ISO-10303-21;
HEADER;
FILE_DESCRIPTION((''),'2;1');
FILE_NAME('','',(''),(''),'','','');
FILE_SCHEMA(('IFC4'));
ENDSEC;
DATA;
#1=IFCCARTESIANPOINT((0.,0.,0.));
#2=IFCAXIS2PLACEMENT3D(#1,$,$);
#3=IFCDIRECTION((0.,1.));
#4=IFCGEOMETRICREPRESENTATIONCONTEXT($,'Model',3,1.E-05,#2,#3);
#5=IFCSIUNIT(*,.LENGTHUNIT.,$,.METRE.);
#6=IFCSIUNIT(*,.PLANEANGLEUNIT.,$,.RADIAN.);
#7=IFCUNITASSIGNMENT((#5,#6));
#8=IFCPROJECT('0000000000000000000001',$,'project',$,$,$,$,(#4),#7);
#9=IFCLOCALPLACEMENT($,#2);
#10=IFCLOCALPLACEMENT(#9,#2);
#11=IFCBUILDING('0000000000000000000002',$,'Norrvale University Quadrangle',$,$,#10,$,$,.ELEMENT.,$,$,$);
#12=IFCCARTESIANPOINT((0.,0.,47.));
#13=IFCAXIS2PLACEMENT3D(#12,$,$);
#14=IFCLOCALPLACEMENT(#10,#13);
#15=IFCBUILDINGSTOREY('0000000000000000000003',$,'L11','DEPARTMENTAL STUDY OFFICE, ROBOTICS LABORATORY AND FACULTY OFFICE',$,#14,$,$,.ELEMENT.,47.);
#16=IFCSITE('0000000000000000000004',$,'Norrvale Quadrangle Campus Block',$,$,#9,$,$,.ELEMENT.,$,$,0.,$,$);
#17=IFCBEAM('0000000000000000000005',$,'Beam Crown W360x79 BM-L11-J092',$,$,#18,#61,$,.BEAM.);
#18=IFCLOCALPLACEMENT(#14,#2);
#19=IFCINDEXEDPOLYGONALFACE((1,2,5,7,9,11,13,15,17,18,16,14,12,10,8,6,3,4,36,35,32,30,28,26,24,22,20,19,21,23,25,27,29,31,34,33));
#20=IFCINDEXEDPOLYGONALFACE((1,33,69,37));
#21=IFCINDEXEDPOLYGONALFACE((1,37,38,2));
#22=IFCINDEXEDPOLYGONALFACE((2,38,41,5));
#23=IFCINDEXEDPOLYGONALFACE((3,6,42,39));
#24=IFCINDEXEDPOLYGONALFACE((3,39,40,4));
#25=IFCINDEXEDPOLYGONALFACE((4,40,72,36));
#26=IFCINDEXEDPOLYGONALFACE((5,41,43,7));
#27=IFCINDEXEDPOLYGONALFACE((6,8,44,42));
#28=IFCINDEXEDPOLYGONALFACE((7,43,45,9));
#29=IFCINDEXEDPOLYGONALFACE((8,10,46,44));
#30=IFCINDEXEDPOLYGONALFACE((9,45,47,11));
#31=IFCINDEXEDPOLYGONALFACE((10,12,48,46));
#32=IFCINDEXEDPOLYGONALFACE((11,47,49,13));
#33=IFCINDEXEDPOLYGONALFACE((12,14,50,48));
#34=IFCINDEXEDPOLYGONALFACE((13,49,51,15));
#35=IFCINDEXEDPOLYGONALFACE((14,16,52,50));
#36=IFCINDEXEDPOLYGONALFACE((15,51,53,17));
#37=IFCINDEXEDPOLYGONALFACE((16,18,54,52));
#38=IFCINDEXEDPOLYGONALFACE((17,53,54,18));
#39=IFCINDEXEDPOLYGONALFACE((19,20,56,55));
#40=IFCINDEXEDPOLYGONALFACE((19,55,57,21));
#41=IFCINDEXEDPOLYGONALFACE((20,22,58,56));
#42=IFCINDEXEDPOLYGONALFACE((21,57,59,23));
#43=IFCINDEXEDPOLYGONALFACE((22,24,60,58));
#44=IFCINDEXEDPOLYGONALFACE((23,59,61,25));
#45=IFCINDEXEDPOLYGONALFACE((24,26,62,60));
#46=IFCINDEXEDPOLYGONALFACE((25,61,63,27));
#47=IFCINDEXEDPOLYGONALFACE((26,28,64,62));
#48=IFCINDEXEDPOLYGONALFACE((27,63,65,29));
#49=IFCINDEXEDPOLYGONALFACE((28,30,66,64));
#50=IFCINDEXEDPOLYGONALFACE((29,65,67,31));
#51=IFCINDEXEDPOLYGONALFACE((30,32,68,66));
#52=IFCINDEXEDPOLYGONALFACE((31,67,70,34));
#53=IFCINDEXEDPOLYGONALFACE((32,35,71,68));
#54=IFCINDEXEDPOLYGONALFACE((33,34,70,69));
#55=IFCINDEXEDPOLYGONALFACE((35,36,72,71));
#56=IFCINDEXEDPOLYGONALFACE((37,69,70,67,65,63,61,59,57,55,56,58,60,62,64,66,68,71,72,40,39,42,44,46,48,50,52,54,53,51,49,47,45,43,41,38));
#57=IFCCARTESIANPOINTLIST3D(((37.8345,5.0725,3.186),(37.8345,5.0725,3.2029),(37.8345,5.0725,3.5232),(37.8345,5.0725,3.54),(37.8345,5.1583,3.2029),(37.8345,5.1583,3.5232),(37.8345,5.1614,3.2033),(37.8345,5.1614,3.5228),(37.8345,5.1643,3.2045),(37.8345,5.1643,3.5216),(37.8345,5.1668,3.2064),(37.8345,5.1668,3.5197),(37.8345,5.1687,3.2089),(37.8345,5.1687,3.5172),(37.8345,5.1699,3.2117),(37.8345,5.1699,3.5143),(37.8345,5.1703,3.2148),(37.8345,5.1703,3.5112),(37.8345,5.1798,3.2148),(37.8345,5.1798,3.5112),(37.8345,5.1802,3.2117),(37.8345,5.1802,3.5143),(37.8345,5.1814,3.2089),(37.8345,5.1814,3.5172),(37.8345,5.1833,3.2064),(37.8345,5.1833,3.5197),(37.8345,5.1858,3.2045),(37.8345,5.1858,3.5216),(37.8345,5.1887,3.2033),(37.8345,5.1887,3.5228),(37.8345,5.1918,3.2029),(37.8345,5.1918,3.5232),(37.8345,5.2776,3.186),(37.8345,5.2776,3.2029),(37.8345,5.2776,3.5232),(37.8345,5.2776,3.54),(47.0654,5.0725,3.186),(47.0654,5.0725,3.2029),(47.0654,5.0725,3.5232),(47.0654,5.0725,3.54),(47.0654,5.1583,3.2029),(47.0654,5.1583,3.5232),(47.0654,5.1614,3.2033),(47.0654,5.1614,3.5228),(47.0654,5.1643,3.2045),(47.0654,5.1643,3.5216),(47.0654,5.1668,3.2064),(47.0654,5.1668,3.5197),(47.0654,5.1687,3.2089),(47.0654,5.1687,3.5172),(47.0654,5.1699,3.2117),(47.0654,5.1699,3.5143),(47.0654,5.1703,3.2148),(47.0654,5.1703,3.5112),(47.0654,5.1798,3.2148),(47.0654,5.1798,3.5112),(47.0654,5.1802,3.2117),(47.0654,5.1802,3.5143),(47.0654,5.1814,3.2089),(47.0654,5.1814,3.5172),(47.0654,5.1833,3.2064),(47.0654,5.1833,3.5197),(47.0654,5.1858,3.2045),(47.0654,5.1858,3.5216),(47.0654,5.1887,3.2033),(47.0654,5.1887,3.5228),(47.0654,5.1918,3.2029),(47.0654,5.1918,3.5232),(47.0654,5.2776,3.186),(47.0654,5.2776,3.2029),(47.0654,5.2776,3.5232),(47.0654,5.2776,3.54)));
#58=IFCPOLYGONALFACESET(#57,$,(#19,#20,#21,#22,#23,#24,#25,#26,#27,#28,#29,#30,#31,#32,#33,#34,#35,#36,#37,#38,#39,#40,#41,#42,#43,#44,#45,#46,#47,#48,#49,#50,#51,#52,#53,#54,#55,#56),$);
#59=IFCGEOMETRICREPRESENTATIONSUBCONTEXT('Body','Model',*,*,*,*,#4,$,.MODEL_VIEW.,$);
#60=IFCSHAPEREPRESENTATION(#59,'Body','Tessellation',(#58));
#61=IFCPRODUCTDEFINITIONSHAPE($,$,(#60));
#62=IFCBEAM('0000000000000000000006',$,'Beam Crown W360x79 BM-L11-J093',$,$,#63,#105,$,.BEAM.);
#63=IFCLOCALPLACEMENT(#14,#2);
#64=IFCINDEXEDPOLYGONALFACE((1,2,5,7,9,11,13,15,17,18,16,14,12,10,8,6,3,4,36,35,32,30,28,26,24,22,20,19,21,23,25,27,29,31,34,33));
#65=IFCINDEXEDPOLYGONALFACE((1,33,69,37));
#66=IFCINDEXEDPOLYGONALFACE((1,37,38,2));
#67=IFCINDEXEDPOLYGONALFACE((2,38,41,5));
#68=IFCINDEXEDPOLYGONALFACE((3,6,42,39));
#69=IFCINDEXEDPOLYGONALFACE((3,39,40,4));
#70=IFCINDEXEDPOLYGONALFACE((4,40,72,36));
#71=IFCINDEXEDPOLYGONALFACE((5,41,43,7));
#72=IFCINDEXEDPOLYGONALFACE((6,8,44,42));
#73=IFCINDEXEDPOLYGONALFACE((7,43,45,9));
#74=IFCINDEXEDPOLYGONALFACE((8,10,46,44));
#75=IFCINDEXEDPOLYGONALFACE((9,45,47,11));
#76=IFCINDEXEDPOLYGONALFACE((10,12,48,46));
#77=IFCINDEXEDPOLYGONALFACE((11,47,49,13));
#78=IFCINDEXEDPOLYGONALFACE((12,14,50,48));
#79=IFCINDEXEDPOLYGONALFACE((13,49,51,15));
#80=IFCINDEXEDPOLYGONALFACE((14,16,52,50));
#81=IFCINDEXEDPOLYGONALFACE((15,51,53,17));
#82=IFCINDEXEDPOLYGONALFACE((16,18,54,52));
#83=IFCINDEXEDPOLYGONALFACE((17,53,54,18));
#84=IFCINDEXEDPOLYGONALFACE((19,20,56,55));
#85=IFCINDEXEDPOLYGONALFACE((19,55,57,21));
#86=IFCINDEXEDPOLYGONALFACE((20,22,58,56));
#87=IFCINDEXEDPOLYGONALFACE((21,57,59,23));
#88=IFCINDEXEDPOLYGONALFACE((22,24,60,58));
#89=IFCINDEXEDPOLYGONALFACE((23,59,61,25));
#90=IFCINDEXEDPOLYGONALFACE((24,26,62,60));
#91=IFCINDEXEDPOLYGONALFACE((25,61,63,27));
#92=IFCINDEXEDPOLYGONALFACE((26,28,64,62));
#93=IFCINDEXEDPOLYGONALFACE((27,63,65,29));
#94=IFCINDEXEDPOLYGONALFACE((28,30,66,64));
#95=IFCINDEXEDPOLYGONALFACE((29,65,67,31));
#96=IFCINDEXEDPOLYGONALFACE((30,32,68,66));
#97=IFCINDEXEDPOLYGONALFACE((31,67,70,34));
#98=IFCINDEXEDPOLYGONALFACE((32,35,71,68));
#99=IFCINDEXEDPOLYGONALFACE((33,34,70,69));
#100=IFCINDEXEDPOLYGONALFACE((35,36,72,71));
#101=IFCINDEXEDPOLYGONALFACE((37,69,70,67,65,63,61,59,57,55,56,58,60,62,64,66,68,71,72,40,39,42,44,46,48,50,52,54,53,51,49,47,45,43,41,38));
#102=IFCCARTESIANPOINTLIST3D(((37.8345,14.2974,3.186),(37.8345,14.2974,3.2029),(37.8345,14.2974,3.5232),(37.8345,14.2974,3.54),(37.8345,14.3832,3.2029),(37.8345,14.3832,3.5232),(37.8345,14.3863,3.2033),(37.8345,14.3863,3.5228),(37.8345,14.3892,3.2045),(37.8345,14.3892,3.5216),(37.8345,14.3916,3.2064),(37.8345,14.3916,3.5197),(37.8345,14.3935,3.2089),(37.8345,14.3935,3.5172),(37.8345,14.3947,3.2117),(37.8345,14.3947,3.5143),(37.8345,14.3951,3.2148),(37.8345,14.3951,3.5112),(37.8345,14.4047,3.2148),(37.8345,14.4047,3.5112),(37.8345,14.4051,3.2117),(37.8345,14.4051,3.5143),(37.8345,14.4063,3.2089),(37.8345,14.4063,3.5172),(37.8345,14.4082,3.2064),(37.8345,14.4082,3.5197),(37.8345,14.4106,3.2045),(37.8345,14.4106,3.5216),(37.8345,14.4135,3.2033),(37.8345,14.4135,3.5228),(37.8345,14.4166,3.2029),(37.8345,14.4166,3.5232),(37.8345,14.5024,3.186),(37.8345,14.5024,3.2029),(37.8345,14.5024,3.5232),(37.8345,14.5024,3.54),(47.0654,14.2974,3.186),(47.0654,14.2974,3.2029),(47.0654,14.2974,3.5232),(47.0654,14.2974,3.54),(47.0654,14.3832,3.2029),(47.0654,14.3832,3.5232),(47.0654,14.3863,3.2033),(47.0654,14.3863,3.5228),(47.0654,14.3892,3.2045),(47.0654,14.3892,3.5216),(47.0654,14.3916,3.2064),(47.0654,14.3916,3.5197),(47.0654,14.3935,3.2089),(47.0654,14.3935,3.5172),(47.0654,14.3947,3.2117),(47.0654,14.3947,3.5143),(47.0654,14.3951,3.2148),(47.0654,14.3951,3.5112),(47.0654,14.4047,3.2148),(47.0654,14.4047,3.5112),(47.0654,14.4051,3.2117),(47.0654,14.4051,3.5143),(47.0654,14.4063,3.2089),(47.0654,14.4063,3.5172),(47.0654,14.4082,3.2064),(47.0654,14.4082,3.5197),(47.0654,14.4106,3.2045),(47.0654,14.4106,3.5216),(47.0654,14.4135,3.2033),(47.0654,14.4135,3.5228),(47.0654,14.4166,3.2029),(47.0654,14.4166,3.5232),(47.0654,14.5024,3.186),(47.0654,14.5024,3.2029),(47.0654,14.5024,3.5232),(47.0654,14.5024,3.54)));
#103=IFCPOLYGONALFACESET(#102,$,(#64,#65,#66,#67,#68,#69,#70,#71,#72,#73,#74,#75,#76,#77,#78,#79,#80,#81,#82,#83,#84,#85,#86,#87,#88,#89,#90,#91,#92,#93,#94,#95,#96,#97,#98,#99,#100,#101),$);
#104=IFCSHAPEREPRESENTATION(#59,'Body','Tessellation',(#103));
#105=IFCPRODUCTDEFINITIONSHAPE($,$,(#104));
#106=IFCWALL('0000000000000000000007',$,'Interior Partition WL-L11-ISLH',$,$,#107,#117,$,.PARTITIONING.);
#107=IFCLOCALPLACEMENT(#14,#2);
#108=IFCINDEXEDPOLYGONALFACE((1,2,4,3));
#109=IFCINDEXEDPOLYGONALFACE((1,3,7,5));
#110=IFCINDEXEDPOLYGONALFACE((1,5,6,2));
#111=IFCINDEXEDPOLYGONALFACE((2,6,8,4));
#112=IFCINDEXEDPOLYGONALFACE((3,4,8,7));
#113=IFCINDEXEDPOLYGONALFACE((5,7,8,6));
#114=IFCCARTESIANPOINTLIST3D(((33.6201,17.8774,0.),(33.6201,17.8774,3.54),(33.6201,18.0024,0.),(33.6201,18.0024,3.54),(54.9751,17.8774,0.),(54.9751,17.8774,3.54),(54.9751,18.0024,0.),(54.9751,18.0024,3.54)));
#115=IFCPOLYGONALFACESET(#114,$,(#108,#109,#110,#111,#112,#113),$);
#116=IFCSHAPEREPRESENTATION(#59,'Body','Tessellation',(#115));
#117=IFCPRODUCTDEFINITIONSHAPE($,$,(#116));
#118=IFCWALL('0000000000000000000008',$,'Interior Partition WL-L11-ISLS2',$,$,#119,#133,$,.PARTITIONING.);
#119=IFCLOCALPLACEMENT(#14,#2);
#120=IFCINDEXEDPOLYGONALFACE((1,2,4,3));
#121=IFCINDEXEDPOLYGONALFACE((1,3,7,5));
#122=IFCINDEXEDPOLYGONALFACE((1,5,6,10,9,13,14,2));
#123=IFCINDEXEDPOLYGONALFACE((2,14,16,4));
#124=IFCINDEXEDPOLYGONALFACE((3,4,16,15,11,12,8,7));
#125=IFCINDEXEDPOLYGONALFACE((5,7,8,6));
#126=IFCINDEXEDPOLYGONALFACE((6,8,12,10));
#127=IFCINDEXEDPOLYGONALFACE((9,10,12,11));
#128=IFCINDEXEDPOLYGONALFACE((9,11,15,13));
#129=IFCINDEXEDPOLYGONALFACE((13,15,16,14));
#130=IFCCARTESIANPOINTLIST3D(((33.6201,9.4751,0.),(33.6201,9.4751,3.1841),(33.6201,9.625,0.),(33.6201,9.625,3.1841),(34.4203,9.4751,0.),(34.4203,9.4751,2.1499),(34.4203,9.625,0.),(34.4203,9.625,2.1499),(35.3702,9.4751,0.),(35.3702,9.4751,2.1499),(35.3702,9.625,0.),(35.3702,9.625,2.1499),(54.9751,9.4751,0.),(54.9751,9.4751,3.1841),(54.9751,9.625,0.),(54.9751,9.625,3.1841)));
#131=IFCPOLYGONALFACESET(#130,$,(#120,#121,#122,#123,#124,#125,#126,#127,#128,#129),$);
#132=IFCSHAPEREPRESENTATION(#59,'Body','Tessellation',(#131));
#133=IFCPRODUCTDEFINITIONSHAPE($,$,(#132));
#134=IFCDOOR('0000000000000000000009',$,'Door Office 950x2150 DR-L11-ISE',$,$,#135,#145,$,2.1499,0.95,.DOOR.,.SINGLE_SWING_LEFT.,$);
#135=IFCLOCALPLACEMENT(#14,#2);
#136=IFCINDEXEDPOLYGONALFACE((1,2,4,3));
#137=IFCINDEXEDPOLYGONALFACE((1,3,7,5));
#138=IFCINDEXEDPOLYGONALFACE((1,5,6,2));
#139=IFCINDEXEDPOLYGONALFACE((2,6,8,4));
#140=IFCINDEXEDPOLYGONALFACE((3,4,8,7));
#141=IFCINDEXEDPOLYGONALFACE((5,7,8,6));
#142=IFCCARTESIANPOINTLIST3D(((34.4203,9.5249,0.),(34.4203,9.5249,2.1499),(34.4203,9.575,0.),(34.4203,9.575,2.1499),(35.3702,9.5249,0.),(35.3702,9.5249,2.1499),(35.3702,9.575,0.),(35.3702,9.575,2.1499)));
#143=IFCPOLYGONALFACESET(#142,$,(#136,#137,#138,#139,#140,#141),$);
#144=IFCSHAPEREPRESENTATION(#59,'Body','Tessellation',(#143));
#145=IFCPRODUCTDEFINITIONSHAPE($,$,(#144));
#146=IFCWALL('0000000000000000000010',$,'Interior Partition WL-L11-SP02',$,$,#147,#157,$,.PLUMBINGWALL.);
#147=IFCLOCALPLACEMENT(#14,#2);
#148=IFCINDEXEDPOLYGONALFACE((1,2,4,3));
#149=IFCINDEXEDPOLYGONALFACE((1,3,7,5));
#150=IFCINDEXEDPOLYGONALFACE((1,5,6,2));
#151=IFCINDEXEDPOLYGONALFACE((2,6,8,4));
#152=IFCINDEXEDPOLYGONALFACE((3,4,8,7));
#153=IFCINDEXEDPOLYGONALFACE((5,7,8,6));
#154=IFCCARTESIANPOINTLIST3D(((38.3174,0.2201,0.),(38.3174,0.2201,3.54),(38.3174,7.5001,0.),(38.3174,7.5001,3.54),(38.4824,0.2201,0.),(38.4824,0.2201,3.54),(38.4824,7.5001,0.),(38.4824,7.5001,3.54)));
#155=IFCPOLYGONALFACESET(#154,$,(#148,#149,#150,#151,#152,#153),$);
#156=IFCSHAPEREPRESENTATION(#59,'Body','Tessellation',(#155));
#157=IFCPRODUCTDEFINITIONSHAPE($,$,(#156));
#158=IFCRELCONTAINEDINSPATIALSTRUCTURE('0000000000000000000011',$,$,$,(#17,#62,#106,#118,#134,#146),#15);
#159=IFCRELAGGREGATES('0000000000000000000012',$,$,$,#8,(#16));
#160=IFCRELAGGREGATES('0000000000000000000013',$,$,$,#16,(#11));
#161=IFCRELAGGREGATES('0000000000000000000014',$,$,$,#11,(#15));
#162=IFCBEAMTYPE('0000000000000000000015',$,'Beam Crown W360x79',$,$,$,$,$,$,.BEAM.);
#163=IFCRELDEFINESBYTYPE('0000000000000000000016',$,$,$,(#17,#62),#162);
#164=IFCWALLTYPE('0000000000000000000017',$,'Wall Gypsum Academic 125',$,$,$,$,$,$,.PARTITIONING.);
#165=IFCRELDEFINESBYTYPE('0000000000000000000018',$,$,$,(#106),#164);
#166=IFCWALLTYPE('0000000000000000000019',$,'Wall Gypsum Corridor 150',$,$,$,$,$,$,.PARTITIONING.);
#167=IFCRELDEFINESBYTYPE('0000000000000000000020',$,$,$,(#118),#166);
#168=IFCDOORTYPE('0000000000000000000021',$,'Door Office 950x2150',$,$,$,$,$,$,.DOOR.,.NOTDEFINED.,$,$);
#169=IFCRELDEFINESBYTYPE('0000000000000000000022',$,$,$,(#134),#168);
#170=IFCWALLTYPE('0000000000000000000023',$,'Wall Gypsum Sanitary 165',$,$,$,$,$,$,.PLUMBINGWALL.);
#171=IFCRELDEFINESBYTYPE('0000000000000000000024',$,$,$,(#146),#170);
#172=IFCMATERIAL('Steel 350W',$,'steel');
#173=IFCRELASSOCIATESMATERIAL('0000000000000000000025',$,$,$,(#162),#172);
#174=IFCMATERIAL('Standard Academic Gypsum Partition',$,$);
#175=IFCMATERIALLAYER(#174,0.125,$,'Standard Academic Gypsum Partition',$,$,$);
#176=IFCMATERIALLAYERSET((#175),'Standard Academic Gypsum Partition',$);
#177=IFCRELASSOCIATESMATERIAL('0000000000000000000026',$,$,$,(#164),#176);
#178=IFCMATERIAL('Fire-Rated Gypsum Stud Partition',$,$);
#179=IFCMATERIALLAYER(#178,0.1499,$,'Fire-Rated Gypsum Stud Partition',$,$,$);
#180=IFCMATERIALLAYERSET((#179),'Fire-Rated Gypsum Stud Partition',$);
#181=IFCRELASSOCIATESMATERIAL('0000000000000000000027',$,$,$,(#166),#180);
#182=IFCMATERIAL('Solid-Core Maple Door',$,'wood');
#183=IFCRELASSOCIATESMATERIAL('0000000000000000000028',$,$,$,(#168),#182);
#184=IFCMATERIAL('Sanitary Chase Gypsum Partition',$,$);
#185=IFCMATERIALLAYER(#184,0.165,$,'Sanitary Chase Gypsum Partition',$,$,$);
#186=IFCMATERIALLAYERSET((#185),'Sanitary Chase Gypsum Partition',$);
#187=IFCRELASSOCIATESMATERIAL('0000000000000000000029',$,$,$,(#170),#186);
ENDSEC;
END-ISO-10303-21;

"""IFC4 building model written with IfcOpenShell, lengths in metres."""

from ifc_helpers import new_model, si_unit, direction, frame, frame_2d, origin, origin_2d, place, context, subcontext, project, spatial, rectangle, i_section, extrude, material, layer, layer_set, material_profile, profile_set, type_object, element, fill, save


model = new_model("IFC4")

# Units and contexts
model_context = context("Model", 3, precision=1e-05, world=origin(), true_north=direction((0.0, 1.0)))
body_context = subcontext(model_context, "Body", "Model", "MODEL_VIEW")
ifc_project = project(units=[si_unit("LENGTHUNIT", "METRE"), si_unit("PLANEANGLEUNIT", "RADIAN")], contexts=[model_context])

# Site, building, storey
site_placement = place(None, origin())
site = spatial("IfcSite", under=ifc_project, at=site_placement, Name="Norrvale Quadrangle Campus Block", CompositionType="ELEMENT", RefElevation=0.0)
building_placement = place(site_placement, origin())
building = spatial("IfcBuilding", under=site, at=building_placement, Name="Norrvale University Quadrangle", CompositionType="ELEMENT")
storey_placement = place(building_placement, frame((0.0, 0.0, 47.0)))
storey = spatial("IfcBuildingStorey", under=building, at=storey_placement, Name="L11", Description="DEPARTMENTAL STUDY OFFICE, ROBOTICS LABORATORY AND FACULTY OFFICE", CompositionType="ELEMENT", Elevation=47.0)

# Beams
ifc_material_1 = material(Name="Steel 350W", Category="steel")
ifc_material_profile_1 = material_profile(ifc_material_1, i_section(OverallWidth=0.2051, OverallDepth=0.354, WebThickness=0.0095, FlangeThickness=0.0168, FilletRadius=0.012, at=origin_2d()), Name="Steel 350W")
ifc_profile_set_1 = profile_set([ifc_material_profile_1], Name="Steel 350W")
beam_type_1 = type_object("IfcBeamType", Name="Beam Crown W360x79", PredefinedType="BEAM", material=ifc_profile_set_1)
for number, where, z_axis, x_axis, name in (
    (1, (37.8345, 5.175, 3.363), (1.0, 0.0, 0.0), (0.0, 1.0, 0.0), "Beam Crown W360x79 BM-L11-J092"),
    (2, (37.8345, 14.3999, 3.363), (1.0, 0.0, 0.0), (0.0, 1.0, 0.0), "Beam Crown W360x79 BM-L11-J093"),
):
    element("IfcBeam", number, at=place(storey_placement, frame(where, z_axis=z_axis, x_axis=x_axis)), inside=storey, type_object=beam_type_1, Name=name, PredefinedType="BEAM", context=body_context, shape_type="SweptSolid", body=[
        extrude(i_section(OverallWidth=0.2051, OverallDepth=0.354, WebThickness=0.0095, FlangeThickness=0.0168, FilletRadius=0.012, at=origin_2d()), origin(), (0.0, 0.0, 1.0), 9.231),
    ])

# Wall
ifc_material_2 = material(Name="Standard Academic Gypsum Partition")
ifc_layer_1 = layer(ifc_material_2, 0.125, Name="Standard Academic Gypsum Partition")
ifc_layer_set_1 = layer_set([ifc_layer_1], Name="Standard Academic Gypsum Partition")
wall_type_1 = type_object("IfcWallType", Name="Wall Gypsum Academic 125", PredefinedType="PARTITIONING", material=ifc_layer_set_1)
wall_1_placement = place(storey_placement, frame((33.6201, 17.9399, 0.0), z_axis=(0.0, 0.0, 1.0), x_axis=(1.0, 0.0, 0.0)))
element("IfcWall", 3, at=wall_1_placement, inside=storey, type_object=wall_type_1, Name="Interior Partition WL-L11-ISLH", PredefinedType="PARTITIONING", context=body_context, shape_type="SweptSolid", body=[
    extrude(rectangle(XDim=21.355, YDim=0.125, at=frame_2d((10.6775, 0.0))), origin(), (0.0, 0.0, 1.0), 3.54),
])

# Wall, opening, door
ifc_material_3 = material(Name="Fire-Rated Gypsum Stud Partition")
ifc_layer_2 = layer(ifc_material_3, 0.1499, Name="Fire-Rated Gypsum Stud Partition")
ifc_layer_set_2 = layer_set([ifc_layer_2], Name="Fire-Rated Gypsum Stud Partition")
wall_type_2 = type_object("IfcWallType", Name="Wall Gypsum Corridor 150", PredefinedType="PARTITIONING", material=ifc_layer_set_2)
wall_2_placement = place(storey_placement, frame((33.6201, 9.55, 0.0), z_axis=(0.0, 0.0, 1.0), x_axis=(1.0, 0.0, 0.0)))
wall_2 = element("IfcWall", 4, at=wall_2_placement, inside=storey, type_object=wall_type_2, Name="Interior Partition WL-L11-ISLS2", PredefinedType="PARTITIONING", context=body_context, shape_type="SweptSolid", body=[
    extrude(rectangle(XDim=21.355, YDim=0.1499, at=frame_2d((10.6775, 0.0))), origin(), (0.0, 0.0, 1.0), 3.1841),
])
opening_placement = place(wall_2_placement, frame((0.8, 0.0, 0.0)))
opening = element("IfcOpeningElement", 5, at=opening_placement, cuts=wall_2, PredefinedType="OPENING", context=body_context, shape_type="SweptSolid", body=[
    extrude(rectangle(XDim=0.95, YDim=2.1499, at=frame_2d((0.4751, 1.075))), frame((0.0, 0.0869, 0.0), z_axis=(0.0, -1.0, 0.0), x_axis=(1.0, 0.0, 0.0)), (0.0, 0.0, 1.0), 0.1738),
])
ifc_material_4 = material(Name="Solid-Core Maple Door", Category="wood")
door_type = type_object("IfcDoorType", Name="Door Office 950x2150", OperationType="NOTDEFINED", PredefinedType="DOOR", material=ifc_material_4)
door_placement = place(opening_placement, origin())
door = element("IfcDoor", 6, at=door_placement, inside=storey, type_object=door_type, Name="Door Office 950x2150 DR-L11-ISE", OperationType="SINGLE_SWING_LEFT", OverallHeight=2.1499, OverallWidth=0.95, PredefinedType="DOOR", context=body_context, shape_type="SweptSolid", body=[
    extrude(rectangle(XDim=0.95, YDim=2.1499, at=frame_2d((0.4751, 1.075))), frame((0.0, 0.0249, 0.0), z_axis=(0.0, -1.0, 0.0), x_axis=(1.0, 0.0, 0.0)), (0.0, 0.0, 1.0), 0.05),
])
fill(opening, door)

# Wall
ifc_material_5 = material(Name="Sanitary Chase Gypsum Partition")
ifc_layer_3 = layer(ifc_material_5, 0.165, Name="Sanitary Chase Gypsum Partition")
ifc_layer_set_3 = layer_set([ifc_layer_3], Name="Sanitary Chase Gypsum Partition")
wall_type_3 = type_object("IfcWallType", Name="Wall Gypsum Sanitary 165", PredefinedType="PLUMBINGWALL", material=ifc_layer_set_3)
wall_3_placement = place(storey_placement, frame((38.3999, 0.22, 0.0), z_axis=(0.0, 0.0, 1.0), x_axis=(0.0, 1.0, 0.0)))
element("IfcWall", 7, at=wall_3_placement, inside=storey, type_object=wall_type_3, Name="Interior Partition WL-L11-SP02", PredefinedType="PLUMBINGWALL", context=body_context, shape_type="SweptSolid", body=[
    extrude(rectangle(XDim=7.28, YDim=0.165, at=frame_2d((3.6401, 0.0))), origin(), (0.0, 0.0, 1.0), 3.54),
])

save(model, "model.ifc")
